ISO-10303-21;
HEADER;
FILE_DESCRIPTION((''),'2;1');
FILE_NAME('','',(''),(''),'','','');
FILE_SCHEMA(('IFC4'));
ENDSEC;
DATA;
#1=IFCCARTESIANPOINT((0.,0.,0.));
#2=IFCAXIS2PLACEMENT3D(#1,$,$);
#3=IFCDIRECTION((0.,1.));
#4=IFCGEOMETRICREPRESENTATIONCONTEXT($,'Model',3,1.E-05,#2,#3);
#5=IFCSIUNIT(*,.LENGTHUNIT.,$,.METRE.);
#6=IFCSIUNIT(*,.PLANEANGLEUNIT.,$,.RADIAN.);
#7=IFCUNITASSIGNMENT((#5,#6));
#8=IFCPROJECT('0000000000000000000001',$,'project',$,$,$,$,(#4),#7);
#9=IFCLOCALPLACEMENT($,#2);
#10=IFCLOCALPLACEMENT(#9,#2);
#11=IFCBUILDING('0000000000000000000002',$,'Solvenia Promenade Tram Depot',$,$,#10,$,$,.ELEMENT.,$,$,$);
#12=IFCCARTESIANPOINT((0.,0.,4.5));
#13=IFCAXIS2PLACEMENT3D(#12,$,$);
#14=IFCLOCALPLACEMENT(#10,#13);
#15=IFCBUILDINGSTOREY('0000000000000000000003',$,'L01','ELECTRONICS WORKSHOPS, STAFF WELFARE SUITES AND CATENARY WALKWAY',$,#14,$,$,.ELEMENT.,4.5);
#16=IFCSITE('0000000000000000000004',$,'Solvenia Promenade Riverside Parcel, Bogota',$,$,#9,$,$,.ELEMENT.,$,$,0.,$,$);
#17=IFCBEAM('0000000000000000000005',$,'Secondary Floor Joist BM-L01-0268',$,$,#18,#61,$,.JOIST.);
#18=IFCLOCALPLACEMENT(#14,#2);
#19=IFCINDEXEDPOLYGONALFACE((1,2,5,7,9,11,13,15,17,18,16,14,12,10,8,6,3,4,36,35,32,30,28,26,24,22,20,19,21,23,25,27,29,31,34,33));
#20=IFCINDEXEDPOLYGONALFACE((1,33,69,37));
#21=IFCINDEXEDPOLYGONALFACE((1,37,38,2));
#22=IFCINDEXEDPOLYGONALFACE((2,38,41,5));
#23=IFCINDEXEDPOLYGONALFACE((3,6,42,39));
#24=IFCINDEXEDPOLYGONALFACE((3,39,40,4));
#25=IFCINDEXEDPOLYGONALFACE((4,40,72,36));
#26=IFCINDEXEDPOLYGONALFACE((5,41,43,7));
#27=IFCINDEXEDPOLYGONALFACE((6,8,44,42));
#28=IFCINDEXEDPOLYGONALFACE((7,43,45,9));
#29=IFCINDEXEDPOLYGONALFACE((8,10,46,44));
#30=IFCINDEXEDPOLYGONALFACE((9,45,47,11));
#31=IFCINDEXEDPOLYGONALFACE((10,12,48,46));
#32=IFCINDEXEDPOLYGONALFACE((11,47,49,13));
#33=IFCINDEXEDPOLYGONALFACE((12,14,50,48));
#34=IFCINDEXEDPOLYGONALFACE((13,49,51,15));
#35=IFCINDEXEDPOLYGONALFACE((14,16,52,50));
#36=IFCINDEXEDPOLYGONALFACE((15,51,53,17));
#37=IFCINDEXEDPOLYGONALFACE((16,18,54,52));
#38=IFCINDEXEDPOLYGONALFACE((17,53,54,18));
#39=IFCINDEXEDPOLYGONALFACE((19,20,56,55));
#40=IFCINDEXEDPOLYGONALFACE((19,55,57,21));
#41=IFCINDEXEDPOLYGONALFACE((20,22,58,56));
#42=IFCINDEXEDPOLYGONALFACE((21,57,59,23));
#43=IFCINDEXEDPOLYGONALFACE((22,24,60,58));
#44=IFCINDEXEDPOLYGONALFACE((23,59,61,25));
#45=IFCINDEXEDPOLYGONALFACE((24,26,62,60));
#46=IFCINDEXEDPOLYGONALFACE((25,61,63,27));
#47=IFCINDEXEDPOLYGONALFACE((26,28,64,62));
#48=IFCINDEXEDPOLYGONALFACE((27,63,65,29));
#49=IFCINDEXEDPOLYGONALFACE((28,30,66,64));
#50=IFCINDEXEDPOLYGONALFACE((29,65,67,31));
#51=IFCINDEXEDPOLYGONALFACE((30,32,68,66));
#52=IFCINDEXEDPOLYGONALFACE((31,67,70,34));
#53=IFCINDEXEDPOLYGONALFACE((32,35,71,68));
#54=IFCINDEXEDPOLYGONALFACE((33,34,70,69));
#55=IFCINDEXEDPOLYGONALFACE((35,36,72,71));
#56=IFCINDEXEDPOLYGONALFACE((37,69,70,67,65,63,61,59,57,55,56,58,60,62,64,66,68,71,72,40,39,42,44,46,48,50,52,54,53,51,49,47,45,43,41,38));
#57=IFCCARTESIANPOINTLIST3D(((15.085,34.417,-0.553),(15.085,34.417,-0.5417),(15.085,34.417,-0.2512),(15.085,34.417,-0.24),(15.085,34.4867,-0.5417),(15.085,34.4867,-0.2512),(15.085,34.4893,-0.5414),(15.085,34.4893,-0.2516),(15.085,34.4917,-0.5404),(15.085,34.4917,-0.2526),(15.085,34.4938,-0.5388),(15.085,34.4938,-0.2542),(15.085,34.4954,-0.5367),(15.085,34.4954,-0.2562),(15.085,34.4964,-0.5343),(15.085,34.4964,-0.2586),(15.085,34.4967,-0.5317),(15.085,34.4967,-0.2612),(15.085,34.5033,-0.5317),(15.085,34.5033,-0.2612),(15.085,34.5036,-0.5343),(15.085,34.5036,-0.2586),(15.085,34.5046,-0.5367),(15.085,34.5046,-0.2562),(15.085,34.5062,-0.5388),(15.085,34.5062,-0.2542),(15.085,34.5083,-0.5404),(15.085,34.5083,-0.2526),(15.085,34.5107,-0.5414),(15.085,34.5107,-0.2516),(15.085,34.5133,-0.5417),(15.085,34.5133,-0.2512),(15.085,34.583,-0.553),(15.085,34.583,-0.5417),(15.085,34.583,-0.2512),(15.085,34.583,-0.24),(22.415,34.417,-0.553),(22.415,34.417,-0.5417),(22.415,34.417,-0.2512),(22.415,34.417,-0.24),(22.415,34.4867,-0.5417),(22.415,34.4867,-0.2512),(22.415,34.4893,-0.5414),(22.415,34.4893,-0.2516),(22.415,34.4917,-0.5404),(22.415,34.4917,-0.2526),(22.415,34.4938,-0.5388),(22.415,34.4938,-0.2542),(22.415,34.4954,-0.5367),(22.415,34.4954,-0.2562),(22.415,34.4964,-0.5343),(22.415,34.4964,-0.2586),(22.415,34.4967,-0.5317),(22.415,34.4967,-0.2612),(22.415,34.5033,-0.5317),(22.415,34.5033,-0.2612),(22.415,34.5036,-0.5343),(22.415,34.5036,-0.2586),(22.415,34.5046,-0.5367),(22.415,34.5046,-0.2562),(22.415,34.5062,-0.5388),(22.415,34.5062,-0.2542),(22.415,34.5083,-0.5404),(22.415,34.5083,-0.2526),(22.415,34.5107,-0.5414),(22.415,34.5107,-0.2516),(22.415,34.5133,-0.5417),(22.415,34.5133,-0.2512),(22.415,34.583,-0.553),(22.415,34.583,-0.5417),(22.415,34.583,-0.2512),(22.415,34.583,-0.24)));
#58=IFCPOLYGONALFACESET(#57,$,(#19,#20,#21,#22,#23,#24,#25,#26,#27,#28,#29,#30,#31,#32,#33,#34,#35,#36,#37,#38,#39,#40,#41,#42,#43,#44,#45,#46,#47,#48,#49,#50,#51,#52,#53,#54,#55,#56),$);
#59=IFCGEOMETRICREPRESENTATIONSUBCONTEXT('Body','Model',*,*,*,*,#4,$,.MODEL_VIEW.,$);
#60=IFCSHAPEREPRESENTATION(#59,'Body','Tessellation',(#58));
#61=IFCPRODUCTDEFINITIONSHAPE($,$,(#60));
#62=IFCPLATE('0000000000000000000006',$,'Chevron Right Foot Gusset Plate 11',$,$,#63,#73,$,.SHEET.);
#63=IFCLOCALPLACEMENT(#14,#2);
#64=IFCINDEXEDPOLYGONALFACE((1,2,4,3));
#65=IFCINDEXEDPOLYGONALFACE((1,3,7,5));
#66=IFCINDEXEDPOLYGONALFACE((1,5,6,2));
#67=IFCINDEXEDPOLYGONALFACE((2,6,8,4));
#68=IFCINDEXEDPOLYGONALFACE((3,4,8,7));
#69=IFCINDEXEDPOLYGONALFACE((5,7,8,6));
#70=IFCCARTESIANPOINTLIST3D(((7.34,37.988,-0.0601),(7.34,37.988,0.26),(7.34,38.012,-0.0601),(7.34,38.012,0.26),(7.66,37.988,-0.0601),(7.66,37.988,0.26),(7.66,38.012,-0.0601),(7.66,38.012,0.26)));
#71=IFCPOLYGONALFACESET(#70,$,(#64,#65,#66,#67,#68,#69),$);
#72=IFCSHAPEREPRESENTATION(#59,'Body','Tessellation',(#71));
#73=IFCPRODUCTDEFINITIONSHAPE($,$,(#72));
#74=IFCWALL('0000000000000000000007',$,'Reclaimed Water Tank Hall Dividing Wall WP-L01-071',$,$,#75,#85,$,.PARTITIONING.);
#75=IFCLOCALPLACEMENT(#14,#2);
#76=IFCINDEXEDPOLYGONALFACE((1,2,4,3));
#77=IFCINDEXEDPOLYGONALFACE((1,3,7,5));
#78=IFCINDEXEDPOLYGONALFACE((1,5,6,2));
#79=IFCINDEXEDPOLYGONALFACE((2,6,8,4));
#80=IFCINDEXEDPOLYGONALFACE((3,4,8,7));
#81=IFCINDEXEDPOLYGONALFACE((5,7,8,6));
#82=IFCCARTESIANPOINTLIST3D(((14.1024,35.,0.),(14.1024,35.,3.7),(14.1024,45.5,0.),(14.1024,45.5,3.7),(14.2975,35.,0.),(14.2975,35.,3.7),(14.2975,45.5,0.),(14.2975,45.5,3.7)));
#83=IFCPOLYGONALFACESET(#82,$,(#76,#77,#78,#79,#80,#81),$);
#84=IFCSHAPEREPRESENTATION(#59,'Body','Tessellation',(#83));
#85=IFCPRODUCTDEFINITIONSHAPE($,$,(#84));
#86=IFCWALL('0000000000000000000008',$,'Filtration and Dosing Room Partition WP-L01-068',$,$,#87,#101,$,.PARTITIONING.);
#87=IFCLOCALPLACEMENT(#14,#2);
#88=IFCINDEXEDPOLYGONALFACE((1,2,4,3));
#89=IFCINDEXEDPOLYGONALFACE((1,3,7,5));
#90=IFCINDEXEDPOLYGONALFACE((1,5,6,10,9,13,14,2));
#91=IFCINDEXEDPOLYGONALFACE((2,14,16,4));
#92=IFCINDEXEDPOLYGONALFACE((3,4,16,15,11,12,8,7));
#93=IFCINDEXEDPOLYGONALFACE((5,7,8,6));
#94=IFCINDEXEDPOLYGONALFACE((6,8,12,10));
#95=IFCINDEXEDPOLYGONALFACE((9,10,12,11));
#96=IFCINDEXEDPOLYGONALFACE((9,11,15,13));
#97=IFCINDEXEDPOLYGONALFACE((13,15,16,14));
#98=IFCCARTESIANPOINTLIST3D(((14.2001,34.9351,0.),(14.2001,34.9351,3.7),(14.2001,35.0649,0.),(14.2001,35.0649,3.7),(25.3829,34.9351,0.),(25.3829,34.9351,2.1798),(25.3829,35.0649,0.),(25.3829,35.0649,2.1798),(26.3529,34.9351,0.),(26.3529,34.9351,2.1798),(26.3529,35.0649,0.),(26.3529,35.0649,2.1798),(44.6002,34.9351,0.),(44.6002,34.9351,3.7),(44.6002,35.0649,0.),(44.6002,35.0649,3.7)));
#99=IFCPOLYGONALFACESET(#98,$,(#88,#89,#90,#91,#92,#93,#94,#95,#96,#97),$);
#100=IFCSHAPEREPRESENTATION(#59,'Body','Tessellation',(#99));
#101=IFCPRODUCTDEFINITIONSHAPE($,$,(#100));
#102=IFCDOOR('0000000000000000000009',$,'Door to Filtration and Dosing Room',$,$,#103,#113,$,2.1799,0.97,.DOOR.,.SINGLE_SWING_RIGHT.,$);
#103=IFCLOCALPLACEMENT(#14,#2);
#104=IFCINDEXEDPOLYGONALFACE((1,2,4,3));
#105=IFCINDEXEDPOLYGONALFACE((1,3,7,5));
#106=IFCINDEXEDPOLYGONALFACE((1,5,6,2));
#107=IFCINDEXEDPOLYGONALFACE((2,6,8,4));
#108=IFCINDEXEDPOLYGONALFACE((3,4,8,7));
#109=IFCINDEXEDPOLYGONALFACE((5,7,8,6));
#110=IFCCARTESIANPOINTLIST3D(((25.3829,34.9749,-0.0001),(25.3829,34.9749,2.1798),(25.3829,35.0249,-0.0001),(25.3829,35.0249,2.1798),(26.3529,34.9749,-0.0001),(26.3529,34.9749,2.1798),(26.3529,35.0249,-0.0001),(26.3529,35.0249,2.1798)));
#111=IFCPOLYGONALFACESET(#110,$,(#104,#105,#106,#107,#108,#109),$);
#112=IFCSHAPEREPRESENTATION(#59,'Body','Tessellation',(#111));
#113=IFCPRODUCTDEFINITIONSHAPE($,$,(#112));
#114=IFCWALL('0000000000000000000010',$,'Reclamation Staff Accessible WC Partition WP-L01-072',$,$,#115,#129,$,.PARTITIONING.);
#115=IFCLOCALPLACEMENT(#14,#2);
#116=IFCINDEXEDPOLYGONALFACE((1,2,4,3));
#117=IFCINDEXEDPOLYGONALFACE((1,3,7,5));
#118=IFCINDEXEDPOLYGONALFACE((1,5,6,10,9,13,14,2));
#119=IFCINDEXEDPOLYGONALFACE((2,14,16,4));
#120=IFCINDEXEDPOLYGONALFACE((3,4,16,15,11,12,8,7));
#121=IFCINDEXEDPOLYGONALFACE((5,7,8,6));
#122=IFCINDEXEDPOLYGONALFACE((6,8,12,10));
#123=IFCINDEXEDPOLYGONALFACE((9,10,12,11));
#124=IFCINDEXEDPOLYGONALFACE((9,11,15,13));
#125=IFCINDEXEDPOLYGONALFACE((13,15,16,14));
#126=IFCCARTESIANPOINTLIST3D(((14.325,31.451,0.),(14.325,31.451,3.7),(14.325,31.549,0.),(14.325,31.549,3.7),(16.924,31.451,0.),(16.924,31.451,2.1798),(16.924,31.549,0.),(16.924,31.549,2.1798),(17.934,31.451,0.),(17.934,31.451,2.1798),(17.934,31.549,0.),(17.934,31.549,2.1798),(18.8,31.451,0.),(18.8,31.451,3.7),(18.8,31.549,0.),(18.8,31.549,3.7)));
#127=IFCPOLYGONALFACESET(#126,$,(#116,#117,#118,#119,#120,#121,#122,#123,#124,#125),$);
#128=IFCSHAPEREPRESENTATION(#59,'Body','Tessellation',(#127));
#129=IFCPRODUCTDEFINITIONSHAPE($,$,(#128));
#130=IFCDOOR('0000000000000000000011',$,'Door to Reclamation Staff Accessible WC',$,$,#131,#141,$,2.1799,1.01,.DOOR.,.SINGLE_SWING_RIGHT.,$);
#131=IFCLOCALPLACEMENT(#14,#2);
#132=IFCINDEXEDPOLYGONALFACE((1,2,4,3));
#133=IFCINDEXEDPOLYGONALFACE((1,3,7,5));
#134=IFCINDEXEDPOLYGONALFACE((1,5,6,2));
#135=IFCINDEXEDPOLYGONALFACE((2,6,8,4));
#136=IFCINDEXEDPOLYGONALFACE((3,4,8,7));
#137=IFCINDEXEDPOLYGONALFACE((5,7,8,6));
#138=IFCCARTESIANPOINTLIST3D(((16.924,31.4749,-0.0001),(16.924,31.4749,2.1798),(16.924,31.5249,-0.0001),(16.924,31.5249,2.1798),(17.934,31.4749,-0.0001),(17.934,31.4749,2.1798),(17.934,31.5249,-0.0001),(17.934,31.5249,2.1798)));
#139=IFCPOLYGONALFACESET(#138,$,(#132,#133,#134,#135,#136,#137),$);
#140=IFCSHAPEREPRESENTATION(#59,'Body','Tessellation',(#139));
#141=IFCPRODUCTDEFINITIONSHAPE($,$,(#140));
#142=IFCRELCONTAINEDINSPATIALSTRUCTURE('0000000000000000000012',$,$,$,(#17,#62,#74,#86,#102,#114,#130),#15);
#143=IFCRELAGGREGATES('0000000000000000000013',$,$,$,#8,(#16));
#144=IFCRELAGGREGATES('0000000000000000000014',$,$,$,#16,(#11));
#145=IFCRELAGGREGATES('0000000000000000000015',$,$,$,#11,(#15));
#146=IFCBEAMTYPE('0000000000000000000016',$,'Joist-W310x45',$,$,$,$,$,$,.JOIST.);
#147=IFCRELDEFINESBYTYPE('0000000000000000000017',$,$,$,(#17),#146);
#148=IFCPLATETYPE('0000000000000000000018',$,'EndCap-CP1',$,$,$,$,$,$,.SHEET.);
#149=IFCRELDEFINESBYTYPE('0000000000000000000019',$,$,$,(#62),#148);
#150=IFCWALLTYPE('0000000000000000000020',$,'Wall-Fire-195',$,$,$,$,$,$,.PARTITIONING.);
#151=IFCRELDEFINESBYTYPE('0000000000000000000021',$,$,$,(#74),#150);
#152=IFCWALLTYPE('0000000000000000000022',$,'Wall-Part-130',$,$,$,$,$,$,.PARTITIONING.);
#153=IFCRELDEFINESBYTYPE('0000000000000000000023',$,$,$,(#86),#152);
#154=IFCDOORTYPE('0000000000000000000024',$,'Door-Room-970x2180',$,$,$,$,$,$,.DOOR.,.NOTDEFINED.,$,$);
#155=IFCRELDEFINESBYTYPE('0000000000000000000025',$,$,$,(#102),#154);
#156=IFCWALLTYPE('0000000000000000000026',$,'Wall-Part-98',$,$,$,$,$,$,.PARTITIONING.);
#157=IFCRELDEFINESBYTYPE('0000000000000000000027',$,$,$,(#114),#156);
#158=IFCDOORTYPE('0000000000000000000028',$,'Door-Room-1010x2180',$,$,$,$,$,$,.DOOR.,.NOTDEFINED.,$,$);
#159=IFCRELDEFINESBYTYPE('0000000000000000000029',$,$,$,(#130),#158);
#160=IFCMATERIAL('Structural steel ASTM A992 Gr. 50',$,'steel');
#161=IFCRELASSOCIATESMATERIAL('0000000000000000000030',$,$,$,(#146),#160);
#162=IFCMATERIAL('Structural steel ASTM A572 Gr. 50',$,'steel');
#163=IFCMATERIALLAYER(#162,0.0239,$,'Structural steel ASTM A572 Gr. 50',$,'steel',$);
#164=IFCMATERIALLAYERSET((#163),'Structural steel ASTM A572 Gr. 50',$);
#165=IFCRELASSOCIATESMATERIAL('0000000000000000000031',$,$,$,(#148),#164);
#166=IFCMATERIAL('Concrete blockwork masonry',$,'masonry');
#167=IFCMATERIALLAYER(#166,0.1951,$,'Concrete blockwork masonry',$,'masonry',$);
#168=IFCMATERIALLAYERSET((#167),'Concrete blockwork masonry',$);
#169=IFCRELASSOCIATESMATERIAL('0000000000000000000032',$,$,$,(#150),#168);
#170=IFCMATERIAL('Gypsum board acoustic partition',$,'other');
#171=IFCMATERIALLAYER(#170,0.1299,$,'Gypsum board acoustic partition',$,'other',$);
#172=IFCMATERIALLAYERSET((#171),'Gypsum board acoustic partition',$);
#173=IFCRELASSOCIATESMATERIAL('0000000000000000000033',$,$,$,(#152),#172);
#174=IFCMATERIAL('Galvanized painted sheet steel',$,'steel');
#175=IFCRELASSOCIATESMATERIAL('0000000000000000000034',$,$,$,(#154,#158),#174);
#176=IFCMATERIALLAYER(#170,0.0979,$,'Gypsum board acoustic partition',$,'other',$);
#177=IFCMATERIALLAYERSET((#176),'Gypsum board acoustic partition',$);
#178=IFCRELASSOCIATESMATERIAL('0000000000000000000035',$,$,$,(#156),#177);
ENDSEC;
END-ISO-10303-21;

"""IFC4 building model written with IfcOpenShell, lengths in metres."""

from ifc_helpers import new_model, si_unit, direction, frame, frame_2d, origin, origin_2d, place, context, subcontext, project, spatial, rectangle, i_section, extrude, material, layer, layer_set, material_profile, profile_set, type_object, element, fill, save


model = new_model("IFC4")

# Units and contexts
model_context = context("Model", 3, precision=1e-05, world=origin(), true_north=direction((0.0, 1.0)))
body_context = subcontext(model_context, "Body", "Model", "MODEL_VIEW")
ifc_project = project(units=[si_unit("LENGTHUNIT", "METRE"), si_unit("PLANEANGLEUNIT", "RADIAN")], contexts=[model_context])

# Site, building, storey
site_placement = place(None, origin())
site = spatial("IfcSite", under=ifc_project, at=site_placement, Name="Solvenia Promenade Riverside Parcel, Bogota", CompositionType="ELEMENT", RefElevation=0.0)
building_placement = place(site_placement, origin())
building = spatial("IfcBuilding", under=site, at=building_placement, Name="Solvenia Promenade Tram Depot", CompositionType="ELEMENT")
storey_placement = place(building_placement, frame((0.0, 0.0, 4.5)))
storey = spatial("IfcBuildingStorey", under=building, at=storey_placement, Name="L01", Description="ELECTRONICS WORKSHOPS, STAFF WELFARE SUITES AND CATENARY WALKWAY", CompositionType="ELEMENT", Elevation=4.5)

# Shared definitions
ifc_material_1 = material(Name="Structural steel ASTM A992 Gr. 50", Category="steel")

# Beam
ifc_material_profile_1 = material_profile(ifc_material_1, i_section(OverallWidth=0.166, OverallDepth=0.313, WebThickness=0.0066, FlangeThickness=0.0112, FilletRadius=0.01, at=origin_2d()), Name="W310x45", Category="steel")
ifc_profile_set_1 = profile_set([ifc_material_profile_1], Name="Structural steel ASTM A992 Gr. 50")
beam_type_1 = type_object("IfcBeamType", Name="Joist-W310x45", PredefinedType="JOIST", material=ifc_profile_set_1)
for number, where, z_axis, x_axis, name in (
    (1, (15.085, 34.5, -0.3965), (1.0, 0.0, 0.0), (0.0, 1.0, 0.0), "Secondary Floor Joist BM-L01-0268"),
):
    element("IfcBeam", number, at=place(storey_placement, frame(where, z_axis=z_axis, x_axis=x_axis)), inside=storey, type_object=beam_type_1, Name=name, PredefinedType="JOIST", context=body_context, shape_type="SweptSolid", body=[
        extrude(i_section(OverallWidth=0.166, OverallDepth=0.313, WebThickness=0.0066, FlangeThickness=0.0112, FilletRadius=0.01, at=origin_2d()), origin(), (0.0, 0.0, 1.0), 7.3301),
    ])

# Plate
ifc_material_2 = material(Name="Structural steel ASTM A572 Gr. 50", Category="steel")
ifc_layer_1 = layer(ifc_material_2, 0.0239, Name="Structural steel ASTM A572 Gr. 50", Category="steel")
ifc_layer_set_1 = layer_set([ifc_layer_1], Name="Structural steel ASTM A572 Gr. 50")
plate_type = type_object("IfcPlateType", Name="EndCap-CP1", PredefinedType="SHEET", material=ifc_layer_set_1)
plate_placement = place(storey_placement, frame((7.5, 38.0, -0.0601), z_axis=(0.0, 0.0, 1.0), x_axis=(1.0, 0.0, 0.0)))
element("IfcPlate", 2, at=plate_placement, inside=storey, type_object=plate_type, Name="Chevron Right Foot Gusset Plate 11", PredefinedType="SHEET", context=body_context, shape_type="SweptSolid", body=[
    extrude(rectangle(XDim=0.3201, YDim=0.0239, at=origin_2d()), origin(), (0.0, 0.0, 1.0), 0.3201),
])

# Shared definitions
ifc_material_3 = material(Name="Galvanized painted sheet steel", Category="steel")

# Wall
ifc_material_4 = material(Name="Concrete blockwork masonry", Category="masonry")
ifc_layer_2 = layer(ifc_material_4, 0.1951, Name="Concrete blockwork masonry", Category="masonry")
ifc_layer_set_2 = layer_set([ifc_layer_2], Name="Concrete blockwork masonry")
wall_type_1 = type_object("IfcWallType", Name="Wall-Fire-195", PredefinedType="PARTITIONING", material=ifc_layer_set_2)
wall_1_placement = place(storey_placement, frame((14.2, 35.0, 0.0), z_axis=(0.0, 0.0, 1.0), x_axis=(0.0, 1.0, 0.0)))
element("IfcWall", 3, at=wall_1_placement, inside=storey, type_object=wall_type_1, Name="Reclaimed Water Tank Hall Dividing Wall WP-L01-071", PredefinedType="PARTITIONING", context=body_context, shape_type="SweptSolid", body=[
    extrude(rectangle(XDim=10.5, YDim=0.1951, at=frame_2d((5.25, 0.0))), origin(), (0.0, 0.0, 1.0), 3.7),
])

# Walls, openings, doors
ifc_material_5 = material(Name="Gypsum board acoustic partition", Category="other")
ifc_layer_3 = layer(ifc_material_5, 0.1299, Name="Gypsum board acoustic partition", Category="other")
ifc_layer_set_3 = layer_set([ifc_layer_3], Name="Gypsum board acoustic partition")
wall_type_2 = type_object("IfcWallType", Name="Wall-Part-130", PredefinedType="PARTITIONING", material=ifc_layer_set_3)
wall_2_placement = place(storey_placement, frame((14.2, 35.0, 0.0), z_axis=(0.0, 0.0, 1.0), x_axis=(1.0, 0.0, 0.0)))
wall_2 = element("IfcWall", 4, at=wall_2_placement, inside=storey, type_object=wall_type_2, Name="Filtration and Dosing Room Partition WP-L01-068", PredefinedType="PARTITIONING", context=body_context, shape_type="SweptSolid", body=[
    extrude(rectangle(XDim=30.4001, YDim=0.1299, at=frame_2d((15.2002, 0.0))), origin(), (0.0, 0.0, 1.0), 3.7),
])
opening_1_placement = place(wall_2_placement, frame((11.1831, 0.0, 0.0)))
opening_1 = element("IfcOpeningElement", 5, at=opening_1_placement, cuts=wall_2, PredefinedType="OPENING", context=body_context, shape_type="SweptSolid", body=[
    extrude(rectangle(XDim=0.97, YDim=2.1799, at=frame_2d((0.4849, 1.0898))), frame((0.0, 0.075, 0.0), z_axis=(0.0, -1.0, 0.0), x_axis=(1.0, 0.0, 0.0)), (0.0, 0.0, 1.0), 0.1499),
])
door_type_1 = type_object("IfcDoorType", Name="Door-Room-970x2180", OperationType="NOTDEFINED", PredefinedType="DOOR", material=ifc_material_3)
door_1_placement = place(opening_1_placement, origin())
door_1 = element("IfcDoor", 6, at=door_1_placement, inside=storey, type_object=door_type_1, Name="Door to Filtration and Dosing Room", OperationType="SINGLE_SWING_RIGHT", OverallHeight=2.1799, OverallWidth=0.97, PredefinedType="DOOR", context=body_context, shape_type="SweptSolid", body=[
    extrude(rectangle(XDim=0.97, YDim=2.1799, at=frame_2d((0.4849, 1.0898))), frame((0.0, 0.0249, 0.0), z_axis=(0.0, -1.0, 0.0), x_axis=(1.0, 0.0, 0.0)), (0.0, 0.0, 1.0), 0.05),
])
fill(opening_1, door_1)
ifc_layer_4 = layer(ifc_material_5, 0.0979, Name="Gypsum board acoustic partition", Category="other")
ifc_layer_set_4 = layer_set([ifc_layer_4], Name="Gypsum board acoustic partition")
wall_type_3 = type_object("IfcWallType", Name="Wall-Part-98", PredefinedType="PARTITIONING", material=ifc_layer_set_4)
wall_3_placement = place(storey_placement, frame((14.325, 31.5, 0.0), z_axis=(0.0, 0.0, 1.0), x_axis=(1.0, 0.0, 0.0)))
wall_3 = element("IfcWall", 7, at=wall_3_placement, inside=storey, type_object=wall_type_3, Name="Reclamation Staff Accessible WC Partition WP-L01-072", PredefinedType="PARTITIONING", context=body_context, shape_type="SweptSolid", body=[
    extrude(rectangle(XDim=4.4751, YDim=0.0979, at=frame_2d((2.2375, 0.0))), origin(), (0.0, 0.0, 1.0), 3.7),
])
opening_2_placement = place(wall_3_placement, frame((2.5991, 0.0, 0.0)))
opening_2 = element("IfcOpeningElement", 8, at=opening_2_placement, cuts=wall_3, PredefinedType="OPENING", context=body_context, shape_type="SweptSolid", body=[
    extrude(rectangle(XDim=1.01, YDim=2.1799, at=frame_2d((0.5049, 1.0898))), frame((0.0, 0.0588, 0.0), z_axis=(0.0, -1.0, 0.0), x_axis=(1.0, 0.0, 0.0)), (0.0, 0.0, 1.0), 0.1179),
])
door_type_2 = type_object("IfcDoorType", Name="Door-Room-1010x2180", OperationType="NOTDEFINED", PredefinedType="DOOR", material=ifc_material_3)
door_2_placement = place(opening_2_placement, origin())
door_2 = element("IfcDoor", 9, at=door_2_placement, inside=storey, type_object=door_type_2, Name="Door to Reclamation Staff Accessible WC", OperationType="SINGLE_SWING_RIGHT", OverallHeight=2.1799, OverallWidth=1.01, PredefinedType="DOOR", context=body_context, shape_type="SweptSolid", body=[
    extrude(rectangle(XDim=1.01, YDim=2.1799, at=frame_2d((0.5049, 1.0898))), frame((0.0, 0.0249, 0.0), z_axis=(0.0, -1.0, 0.0), x_axis=(1.0, 0.0, 0.0)), (0.0, 0.0, 1.0), 0.05),
])
fill(opening_2, door_2)

save(model, "model.ifc")
